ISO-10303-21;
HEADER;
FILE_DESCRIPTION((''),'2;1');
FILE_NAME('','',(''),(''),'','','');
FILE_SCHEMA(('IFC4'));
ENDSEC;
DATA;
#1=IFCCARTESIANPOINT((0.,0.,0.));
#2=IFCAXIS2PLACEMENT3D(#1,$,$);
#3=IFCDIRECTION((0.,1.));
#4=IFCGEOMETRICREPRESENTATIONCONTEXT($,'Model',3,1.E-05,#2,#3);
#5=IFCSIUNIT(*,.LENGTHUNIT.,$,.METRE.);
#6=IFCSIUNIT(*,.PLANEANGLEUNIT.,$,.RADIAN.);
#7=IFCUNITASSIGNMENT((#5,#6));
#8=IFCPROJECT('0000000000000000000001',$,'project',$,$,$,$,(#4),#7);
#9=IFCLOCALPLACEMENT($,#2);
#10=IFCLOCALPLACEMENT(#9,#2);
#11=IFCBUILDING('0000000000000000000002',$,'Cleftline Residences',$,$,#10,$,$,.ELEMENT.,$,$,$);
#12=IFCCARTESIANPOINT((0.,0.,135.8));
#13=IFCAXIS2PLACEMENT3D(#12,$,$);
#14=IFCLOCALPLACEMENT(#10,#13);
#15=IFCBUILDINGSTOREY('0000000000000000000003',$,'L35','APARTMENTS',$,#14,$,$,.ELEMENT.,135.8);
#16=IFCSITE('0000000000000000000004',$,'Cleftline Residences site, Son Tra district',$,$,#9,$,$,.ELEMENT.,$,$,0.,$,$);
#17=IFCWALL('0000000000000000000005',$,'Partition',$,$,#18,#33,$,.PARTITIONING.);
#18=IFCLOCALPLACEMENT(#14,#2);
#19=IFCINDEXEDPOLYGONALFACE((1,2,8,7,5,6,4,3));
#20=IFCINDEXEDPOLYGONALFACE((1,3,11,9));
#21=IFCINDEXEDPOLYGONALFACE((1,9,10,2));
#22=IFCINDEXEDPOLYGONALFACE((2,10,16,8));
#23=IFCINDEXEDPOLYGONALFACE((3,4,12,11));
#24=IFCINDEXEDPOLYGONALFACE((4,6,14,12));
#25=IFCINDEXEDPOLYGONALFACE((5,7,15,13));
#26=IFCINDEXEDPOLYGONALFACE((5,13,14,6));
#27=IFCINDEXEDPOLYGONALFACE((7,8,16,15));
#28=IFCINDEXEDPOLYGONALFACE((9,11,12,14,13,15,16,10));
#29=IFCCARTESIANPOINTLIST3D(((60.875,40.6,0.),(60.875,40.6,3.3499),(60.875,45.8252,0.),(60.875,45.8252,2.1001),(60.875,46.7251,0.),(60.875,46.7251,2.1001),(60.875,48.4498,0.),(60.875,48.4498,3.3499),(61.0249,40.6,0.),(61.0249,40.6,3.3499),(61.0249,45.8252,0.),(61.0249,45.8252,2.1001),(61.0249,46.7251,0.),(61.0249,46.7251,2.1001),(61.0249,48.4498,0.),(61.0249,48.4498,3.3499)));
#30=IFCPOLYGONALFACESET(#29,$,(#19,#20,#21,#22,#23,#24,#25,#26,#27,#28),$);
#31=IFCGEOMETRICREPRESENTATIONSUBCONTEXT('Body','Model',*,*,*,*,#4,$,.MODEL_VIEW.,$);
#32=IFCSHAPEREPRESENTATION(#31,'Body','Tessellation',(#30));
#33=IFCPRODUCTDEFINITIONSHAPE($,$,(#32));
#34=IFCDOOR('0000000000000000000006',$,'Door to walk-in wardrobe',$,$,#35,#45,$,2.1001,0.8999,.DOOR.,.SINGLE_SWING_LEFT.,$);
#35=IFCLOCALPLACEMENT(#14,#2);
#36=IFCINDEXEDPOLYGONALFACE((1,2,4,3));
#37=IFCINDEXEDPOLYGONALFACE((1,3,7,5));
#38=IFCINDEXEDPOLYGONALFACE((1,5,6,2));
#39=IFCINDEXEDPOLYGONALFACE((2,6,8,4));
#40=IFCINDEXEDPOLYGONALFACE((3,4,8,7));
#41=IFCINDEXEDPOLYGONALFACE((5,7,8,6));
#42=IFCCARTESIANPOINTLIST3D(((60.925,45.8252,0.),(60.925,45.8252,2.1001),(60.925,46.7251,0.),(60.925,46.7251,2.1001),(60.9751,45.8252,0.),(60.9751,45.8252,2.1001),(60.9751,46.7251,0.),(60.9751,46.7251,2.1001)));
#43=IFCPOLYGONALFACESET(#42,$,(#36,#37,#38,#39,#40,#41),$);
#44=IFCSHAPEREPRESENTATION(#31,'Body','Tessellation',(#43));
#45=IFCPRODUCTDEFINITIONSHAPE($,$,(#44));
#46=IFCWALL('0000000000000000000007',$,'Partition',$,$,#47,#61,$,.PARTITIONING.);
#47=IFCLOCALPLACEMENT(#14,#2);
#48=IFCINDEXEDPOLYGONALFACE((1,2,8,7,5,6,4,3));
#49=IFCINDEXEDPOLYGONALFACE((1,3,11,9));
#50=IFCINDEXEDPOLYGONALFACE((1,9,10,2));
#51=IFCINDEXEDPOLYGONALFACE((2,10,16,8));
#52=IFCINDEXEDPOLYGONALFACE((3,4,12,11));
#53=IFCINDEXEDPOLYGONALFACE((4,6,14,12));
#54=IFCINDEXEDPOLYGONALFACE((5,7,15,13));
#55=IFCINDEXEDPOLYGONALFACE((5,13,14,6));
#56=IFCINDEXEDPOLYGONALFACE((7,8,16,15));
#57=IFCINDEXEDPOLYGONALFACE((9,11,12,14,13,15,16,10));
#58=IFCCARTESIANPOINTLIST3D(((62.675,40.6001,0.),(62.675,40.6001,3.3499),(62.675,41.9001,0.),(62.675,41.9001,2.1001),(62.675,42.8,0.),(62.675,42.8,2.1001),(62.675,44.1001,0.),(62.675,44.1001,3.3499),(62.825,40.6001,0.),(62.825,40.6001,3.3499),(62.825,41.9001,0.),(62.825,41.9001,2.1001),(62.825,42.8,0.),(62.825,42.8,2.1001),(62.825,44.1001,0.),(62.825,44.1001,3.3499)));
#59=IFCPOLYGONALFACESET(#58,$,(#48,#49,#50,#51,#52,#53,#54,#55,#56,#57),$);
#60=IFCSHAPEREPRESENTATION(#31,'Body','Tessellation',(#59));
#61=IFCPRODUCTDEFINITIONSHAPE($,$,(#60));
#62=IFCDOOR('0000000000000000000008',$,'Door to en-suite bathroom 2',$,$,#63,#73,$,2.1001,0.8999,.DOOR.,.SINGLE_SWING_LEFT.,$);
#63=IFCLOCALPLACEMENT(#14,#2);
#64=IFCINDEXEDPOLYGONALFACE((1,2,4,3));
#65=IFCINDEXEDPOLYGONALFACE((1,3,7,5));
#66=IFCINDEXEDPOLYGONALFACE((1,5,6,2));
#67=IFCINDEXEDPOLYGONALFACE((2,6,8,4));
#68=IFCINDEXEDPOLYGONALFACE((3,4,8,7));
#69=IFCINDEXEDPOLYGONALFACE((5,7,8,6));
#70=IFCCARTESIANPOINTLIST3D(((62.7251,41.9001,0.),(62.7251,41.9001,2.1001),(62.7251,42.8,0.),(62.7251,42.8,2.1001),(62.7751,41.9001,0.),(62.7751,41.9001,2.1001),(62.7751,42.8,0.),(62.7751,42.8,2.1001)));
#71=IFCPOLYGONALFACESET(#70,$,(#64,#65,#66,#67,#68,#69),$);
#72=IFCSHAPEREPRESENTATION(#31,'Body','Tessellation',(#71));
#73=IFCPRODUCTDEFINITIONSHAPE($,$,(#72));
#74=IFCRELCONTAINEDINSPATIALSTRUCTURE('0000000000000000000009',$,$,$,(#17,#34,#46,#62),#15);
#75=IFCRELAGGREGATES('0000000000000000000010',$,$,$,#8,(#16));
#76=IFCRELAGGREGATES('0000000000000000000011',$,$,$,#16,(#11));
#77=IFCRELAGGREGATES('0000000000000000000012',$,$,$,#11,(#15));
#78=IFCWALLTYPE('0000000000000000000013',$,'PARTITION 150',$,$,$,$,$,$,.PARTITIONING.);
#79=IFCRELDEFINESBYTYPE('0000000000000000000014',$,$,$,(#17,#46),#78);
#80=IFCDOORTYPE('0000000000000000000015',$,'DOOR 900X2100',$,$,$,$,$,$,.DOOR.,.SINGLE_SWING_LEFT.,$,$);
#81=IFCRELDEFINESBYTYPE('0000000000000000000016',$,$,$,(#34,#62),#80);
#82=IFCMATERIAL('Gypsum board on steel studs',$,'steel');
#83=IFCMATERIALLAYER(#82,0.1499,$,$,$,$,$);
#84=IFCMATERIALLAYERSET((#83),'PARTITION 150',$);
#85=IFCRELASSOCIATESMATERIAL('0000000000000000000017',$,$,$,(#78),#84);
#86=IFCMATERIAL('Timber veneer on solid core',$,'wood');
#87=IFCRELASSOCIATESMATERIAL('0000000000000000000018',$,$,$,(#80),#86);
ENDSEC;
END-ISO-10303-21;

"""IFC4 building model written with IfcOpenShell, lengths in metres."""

from ifc_helpers import new_model, si_unit, direction, frame, frame_2d, origin, place, context, subcontext, project, spatial, rectangle, extrude, material, layer, layer_set, type_object, element, fill, save


model = new_model("IFC4")

# Units and contexts
model_context = context("Model", 3, precision=1e-05, world=origin(), true_north=direction((0.0, 1.0)))
body_context = subcontext(model_context, "Body", "Model", "MODEL_VIEW")
ifc_project = project(units=[si_unit("LENGTHUNIT", "METRE"), si_unit("PLANEANGLEUNIT", "RADIAN")], contexts=[model_context])

# Site, building, storey
site_placement = place(None, origin())
site = spatial("IfcSite", under=ifc_project, at=site_placement, Name="Cleftline Residences site, Son Tra district", CompositionType="ELEMENT", RefElevation=0.0)
building_placement = place(site_placement, origin())
building = spatial("IfcBuilding", under=site, at=building_placement, Name="Cleftline Residences", CompositionType="ELEMENT")
storey_placement = place(building_placement, frame((0.0, 0.0, 135.8)))
storey = spatial("IfcBuildingStorey", under=building, at=storey_placement, Name="L35", Description="APARTMENTS", CompositionType="ELEMENT", Elevation=135.8)

# Shared definitions
ifc_material_1 = material(Name="Gypsum board on steel studs", Category="steel")
ifc_layer_1 = layer(ifc_material_1, 0.1499)
ifc_layer_set_1 = layer_set([ifc_layer_1], Name="PARTITION 150")
wall_type_1 = type_object("IfcWallType", Name="PARTITION 150", PredefinedType="PARTITIONING", material=ifc_layer_set_1)

# Walls, openings, doors
wall_1_placement = place(storey_placement, frame((60.95, 40.6001, 0.0), z_axis=(0.0, 0.0, 1.0), x_axis=(0.0, 1.0, 0.0)))
wall_1 = element("IfcWall", 1, at=wall_1_placement, inside=storey, type_object=wall_type_1, Name="Partition", PredefinedType="PARTITIONING", context=body_context, shape_type="SweptSolid", body=[
    extrude(rectangle(XDim=7.8499, YDim=0.1499, at=frame_2d((3.9248, 0.0))), origin(), (0.0, 0.0, 1.0), 3.3499),
])
opening_1_placement = place(wall_1_placement, frame((5.2251, 0.0, 0.0)))
opening_1 = element("IfcOpeningElement", 2, at=opening_1_placement, cuts=wall_1, PredefinedType="OPENING", context=body_context, shape_type="SweptSolid", body=[
    extrude(rectangle(XDim=0.8999, YDim=2.1001, at=frame_2d((0.45, 1.05))), frame((0.0, 0.085, 0.0), z_axis=(0.0, -1.0, 0.0), x_axis=(1.0, 0.0, 0.0)), (0.0, 0.0, 1.0), 0.1699),
])
ifc_material_2 = material(Name="Timber veneer on solid core", Category="wood")
door_type = type_object("IfcDoorType", Name="DOOR 900X2100", OperationType="SINGLE_SWING_LEFT", PredefinedType="DOOR", material=ifc_material_2)
door_1_placement = place(opening_1_placement, origin())
door_1 = element("IfcDoor", 3, at=door_1_placement, inside=storey, type_object=door_type, Name="Door to walk-in wardrobe", OperationType="SINGLE_SWING_LEFT", OverallHeight=2.1001, OverallWidth=0.8999, PredefinedType="DOOR", context=body_context, shape_type="SweptSolid", body=[
    extrude(rectangle(XDim=0.8999, YDim=2.1001, at=frame_2d((0.45, 1.05))), frame((0.0, 0.0249, 0.0), z_axis=(0.0, -1.0, 0.0), x_axis=(1.0, 0.0, 0.0)), (0.0, 0.0, 1.0), 0.05),
])
fill(opening_1, door_1)
wall_2_placement = place(storey_placement, frame((62.75, 40.6001, 0.0), z_axis=(0.0, 0.0, 1.0), x_axis=(0.0, 1.0, 0.0)))
wall_2 = element("IfcWall", 4, at=wall_2_placement, inside=storey, type_object=wall_type_1, Name="Partition", PredefinedType="PARTITIONING", context=body_context, shape_type="SweptSolid", body=[
    extrude(rectangle(XDim=3.5, YDim=0.1499, at=frame_2d((1.75, 0.0))), origin(), (0.0, 0.0, 1.0), 3.3499),
])
opening_2_placement = place(wall_2_placement, frame((1.3, 0.0, 0.0)))
opening_2 = element("IfcOpeningElement", 5, at=opening_2_placement, cuts=wall_2, PredefinedType="OPENING", context=body_context, shape_type="SweptSolid", body=[
    extrude(rectangle(XDim=0.8999, YDim=2.1001, at=frame_2d((0.45, 1.05))), frame((0.0, 0.085, 0.0), z_axis=(0.0, -1.0, 0.0), x_axis=(1.0, 0.0, 0.0)), (0.0, 0.0, 1.0), 0.1699),
])
door_2_placement = place(opening_2_placement, origin())
door_2 = element("IfcDoor", 6, at=door_2_placement, inside=storey, type_object=door_type, Name="Door to en-suite bathroom 2", OperationType="SINGLE_SWING_LEFT", OverallHeight=2.1001, OverallWidth=0.8999, PredefinedType="DOOR", context=body_context, shape_type="SweptSolid", body=[
    extrude(rectangle(XDim=0.8999, YDim=2.1001, at=frame_2d((0.45, 1.05))), frame((0.0, 0.0249, 0.0), z_axis=(0.0, -1.0, 0.0), x_axis=(1.0, 0.0, 0.0)), (0.0, 0.0, 1.0), 0.05),
])
fill(opening_2, door_2)

save(model, "model.ifc")
